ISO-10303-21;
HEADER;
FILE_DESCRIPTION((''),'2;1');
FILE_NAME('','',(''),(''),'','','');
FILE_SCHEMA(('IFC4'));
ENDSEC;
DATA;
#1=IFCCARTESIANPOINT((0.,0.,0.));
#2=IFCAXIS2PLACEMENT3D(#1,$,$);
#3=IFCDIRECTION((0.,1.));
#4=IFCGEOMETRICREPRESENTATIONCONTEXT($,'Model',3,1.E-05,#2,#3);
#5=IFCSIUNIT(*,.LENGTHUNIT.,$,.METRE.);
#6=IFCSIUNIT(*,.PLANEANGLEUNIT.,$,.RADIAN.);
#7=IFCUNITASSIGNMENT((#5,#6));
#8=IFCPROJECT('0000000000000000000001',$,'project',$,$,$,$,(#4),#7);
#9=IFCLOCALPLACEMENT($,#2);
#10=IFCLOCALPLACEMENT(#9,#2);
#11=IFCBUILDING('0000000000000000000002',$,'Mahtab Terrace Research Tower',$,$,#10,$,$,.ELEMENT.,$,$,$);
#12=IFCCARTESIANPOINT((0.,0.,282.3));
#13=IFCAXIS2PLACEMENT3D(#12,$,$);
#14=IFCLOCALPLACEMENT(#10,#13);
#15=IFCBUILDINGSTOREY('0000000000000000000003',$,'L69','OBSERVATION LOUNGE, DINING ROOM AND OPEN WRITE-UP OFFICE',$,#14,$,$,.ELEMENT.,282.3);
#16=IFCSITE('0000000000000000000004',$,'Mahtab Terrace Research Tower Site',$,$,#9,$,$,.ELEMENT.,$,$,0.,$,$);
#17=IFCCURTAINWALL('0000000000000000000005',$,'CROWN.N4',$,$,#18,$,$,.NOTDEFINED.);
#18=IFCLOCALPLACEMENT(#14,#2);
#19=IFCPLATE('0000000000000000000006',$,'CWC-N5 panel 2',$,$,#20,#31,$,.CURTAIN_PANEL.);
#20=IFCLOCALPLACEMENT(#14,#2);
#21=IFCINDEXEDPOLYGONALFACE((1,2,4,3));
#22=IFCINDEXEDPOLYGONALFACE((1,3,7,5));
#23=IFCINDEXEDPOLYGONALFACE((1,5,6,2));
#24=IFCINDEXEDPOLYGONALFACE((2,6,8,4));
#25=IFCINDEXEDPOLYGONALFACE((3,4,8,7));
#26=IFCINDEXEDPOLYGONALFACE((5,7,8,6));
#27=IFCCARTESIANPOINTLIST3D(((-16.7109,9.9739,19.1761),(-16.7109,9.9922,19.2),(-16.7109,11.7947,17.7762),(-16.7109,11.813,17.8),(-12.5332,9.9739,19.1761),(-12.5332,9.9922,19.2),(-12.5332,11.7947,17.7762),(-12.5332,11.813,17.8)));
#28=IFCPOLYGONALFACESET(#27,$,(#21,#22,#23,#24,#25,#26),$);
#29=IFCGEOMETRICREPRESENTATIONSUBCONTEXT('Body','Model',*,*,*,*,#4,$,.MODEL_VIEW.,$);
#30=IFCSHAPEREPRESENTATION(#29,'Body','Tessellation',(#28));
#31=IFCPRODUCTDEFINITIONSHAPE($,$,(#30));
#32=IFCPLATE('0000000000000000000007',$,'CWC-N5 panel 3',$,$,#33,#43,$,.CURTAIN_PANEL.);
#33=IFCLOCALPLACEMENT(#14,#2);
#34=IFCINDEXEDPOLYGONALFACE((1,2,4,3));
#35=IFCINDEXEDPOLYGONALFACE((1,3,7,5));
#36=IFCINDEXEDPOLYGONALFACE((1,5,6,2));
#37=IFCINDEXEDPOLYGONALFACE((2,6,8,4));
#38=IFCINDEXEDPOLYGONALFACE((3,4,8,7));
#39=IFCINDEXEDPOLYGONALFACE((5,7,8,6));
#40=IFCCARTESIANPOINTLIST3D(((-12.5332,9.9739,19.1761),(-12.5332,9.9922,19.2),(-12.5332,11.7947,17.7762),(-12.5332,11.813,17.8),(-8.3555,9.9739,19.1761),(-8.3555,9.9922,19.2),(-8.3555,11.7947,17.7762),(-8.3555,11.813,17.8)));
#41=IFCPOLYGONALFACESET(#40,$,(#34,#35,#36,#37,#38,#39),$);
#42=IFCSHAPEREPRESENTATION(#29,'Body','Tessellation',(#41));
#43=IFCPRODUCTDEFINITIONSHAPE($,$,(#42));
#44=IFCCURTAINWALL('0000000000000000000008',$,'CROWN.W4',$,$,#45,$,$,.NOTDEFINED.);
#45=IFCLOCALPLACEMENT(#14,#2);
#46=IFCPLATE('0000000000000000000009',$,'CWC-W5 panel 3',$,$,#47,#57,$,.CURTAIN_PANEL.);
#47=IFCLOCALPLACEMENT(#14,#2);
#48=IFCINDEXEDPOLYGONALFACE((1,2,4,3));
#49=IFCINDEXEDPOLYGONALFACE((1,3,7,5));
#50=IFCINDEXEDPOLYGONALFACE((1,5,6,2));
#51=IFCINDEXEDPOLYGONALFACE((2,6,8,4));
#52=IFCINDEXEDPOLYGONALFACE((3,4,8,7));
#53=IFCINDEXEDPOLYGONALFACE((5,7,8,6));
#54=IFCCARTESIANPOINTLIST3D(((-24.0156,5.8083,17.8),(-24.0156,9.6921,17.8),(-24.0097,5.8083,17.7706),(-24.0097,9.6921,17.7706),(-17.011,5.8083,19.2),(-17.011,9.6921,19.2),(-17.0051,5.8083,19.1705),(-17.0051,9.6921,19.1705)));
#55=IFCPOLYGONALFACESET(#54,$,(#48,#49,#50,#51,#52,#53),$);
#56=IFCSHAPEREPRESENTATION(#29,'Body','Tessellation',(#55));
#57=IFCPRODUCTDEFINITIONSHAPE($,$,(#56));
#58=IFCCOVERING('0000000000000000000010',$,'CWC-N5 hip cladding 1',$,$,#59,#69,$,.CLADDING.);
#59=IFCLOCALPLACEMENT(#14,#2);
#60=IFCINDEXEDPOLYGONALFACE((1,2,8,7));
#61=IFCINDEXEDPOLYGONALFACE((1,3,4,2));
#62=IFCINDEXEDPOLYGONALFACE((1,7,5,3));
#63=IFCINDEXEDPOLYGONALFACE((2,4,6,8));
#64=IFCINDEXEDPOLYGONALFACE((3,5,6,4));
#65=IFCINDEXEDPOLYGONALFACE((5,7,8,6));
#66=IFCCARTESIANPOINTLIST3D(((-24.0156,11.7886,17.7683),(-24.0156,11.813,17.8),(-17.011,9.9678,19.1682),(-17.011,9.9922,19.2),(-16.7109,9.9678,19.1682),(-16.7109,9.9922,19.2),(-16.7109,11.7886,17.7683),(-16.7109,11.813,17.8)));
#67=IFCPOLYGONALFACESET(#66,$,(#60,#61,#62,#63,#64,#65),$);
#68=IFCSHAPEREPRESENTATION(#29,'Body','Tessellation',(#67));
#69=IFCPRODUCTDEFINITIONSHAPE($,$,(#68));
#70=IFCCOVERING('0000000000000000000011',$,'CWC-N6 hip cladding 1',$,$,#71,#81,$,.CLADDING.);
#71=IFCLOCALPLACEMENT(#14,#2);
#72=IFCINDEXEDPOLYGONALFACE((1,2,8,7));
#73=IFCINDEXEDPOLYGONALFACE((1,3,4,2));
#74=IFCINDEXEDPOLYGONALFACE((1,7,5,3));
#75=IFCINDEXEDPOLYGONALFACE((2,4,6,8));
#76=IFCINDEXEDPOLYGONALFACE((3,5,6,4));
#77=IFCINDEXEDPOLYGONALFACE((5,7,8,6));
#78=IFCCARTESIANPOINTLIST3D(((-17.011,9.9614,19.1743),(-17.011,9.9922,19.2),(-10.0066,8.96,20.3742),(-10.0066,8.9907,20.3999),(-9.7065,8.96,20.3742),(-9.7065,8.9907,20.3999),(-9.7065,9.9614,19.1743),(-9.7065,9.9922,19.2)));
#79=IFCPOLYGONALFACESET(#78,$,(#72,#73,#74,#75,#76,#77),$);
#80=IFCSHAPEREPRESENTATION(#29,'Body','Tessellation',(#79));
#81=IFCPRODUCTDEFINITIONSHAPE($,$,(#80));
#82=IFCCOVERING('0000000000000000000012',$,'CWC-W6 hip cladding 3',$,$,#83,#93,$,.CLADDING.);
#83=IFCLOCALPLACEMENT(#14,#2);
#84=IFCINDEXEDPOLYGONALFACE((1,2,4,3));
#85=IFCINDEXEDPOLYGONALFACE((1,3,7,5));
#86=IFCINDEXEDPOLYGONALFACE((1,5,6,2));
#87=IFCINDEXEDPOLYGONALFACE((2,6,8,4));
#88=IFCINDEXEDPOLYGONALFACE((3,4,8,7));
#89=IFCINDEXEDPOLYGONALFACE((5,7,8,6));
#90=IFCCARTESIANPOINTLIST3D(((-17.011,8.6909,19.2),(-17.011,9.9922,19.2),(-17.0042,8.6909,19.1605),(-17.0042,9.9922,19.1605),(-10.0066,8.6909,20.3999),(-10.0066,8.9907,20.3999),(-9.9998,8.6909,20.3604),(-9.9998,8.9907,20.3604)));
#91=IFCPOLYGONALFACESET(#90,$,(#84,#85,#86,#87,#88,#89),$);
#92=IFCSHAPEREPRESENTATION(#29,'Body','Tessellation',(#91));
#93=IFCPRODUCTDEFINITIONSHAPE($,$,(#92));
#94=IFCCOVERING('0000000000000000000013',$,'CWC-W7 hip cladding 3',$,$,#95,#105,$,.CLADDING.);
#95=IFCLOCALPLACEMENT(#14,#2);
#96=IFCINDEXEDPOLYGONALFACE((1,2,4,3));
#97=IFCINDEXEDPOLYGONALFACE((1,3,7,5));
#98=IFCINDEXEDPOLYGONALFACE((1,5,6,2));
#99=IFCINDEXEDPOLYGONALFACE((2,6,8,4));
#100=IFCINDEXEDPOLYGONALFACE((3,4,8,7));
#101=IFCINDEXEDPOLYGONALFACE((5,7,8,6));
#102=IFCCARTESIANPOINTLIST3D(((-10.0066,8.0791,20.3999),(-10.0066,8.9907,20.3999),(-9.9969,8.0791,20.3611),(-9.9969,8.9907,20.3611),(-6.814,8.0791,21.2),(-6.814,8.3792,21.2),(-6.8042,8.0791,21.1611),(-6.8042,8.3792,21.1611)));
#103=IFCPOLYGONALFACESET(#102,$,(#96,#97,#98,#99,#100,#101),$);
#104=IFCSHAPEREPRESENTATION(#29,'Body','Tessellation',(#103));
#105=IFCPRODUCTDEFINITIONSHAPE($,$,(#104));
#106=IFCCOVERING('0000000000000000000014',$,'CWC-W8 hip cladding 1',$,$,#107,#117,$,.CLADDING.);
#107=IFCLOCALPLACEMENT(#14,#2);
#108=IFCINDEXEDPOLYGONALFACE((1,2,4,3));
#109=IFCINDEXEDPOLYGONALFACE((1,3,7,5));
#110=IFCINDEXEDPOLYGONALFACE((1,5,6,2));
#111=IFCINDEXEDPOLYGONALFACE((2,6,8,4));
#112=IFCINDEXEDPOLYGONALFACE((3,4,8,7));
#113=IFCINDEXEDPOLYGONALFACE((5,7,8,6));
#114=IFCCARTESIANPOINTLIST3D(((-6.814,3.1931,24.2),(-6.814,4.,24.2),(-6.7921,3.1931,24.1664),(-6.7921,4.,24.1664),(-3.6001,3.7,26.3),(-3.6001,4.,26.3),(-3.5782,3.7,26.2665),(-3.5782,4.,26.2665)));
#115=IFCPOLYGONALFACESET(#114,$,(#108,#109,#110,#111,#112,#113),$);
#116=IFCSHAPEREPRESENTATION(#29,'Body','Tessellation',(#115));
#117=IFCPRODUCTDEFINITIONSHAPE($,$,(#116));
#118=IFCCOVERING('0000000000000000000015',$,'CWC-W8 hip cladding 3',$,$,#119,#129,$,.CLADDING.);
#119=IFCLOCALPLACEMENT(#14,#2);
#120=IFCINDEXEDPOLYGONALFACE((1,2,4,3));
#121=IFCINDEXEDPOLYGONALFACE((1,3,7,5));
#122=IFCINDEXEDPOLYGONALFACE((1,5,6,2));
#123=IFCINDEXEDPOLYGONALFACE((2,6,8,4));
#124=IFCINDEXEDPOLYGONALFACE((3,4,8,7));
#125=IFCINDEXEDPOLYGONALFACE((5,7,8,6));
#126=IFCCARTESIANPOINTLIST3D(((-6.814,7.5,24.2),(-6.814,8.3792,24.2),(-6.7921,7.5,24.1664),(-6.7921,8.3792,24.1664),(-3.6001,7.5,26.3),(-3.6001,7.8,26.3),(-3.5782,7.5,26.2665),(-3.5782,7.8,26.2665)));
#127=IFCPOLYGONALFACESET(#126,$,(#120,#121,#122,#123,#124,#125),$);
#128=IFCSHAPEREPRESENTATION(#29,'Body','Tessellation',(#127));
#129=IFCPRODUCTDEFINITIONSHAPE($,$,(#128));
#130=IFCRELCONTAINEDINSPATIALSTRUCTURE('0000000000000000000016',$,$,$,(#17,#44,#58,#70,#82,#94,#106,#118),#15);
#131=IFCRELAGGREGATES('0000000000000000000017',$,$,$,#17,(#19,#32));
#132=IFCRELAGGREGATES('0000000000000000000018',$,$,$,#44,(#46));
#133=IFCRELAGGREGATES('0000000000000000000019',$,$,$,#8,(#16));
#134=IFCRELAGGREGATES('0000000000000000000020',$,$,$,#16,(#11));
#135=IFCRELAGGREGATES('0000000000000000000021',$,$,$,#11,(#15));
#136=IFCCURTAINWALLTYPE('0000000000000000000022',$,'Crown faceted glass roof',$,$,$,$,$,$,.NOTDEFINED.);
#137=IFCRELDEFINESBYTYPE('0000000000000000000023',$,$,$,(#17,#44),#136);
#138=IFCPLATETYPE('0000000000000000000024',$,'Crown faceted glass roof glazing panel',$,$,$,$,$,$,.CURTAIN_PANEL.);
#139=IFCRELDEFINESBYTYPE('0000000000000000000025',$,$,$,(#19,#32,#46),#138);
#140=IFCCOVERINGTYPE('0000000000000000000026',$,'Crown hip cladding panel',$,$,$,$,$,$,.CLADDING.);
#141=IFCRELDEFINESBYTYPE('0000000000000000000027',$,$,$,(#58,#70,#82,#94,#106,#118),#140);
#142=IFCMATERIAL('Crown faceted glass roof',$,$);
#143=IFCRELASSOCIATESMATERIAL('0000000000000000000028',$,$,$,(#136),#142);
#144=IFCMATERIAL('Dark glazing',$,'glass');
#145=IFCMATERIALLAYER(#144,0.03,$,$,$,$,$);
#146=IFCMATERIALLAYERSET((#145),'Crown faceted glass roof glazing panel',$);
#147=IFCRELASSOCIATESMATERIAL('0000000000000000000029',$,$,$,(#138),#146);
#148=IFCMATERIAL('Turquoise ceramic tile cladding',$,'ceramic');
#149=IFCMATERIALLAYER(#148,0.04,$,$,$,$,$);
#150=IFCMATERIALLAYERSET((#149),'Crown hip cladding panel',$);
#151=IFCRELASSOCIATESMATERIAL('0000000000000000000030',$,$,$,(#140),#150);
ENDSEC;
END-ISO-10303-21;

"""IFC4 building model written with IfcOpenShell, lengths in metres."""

from ifc_helpers import new_model, si_unit, direction, frame, origin, place, context, subcontext, project, spatial, polyline, outline, extrude, material, layer, layer_set, type_object, element, aggregate, save


model = new_model("IFC4")

# Units and contexts
model_context = context("Model", 3, precision=1e-05, world=origin(), true_north=direction((0.0, 1.0)))
body_context = subcontext(model_context, "Body", "Model", "MODEL_VIEW")
ifc_project = project(units=[si_unit("LENGTHUNIT", "METRE"), si_unit("PLANEANGLEUNIT", "RADIAN")], contexts=[model_context])

# Site, building, storey
site_placement = place(None, origin())
site = spatial("IfcSite", under=ifc_project, at=site_placement, Name="Mahtab Terrace Research Tower Site", CompositionType="ELEMENT", RefElevation=0.0)
building_placement = place(site_placement, origin())
building = spatial("IfcBuilding", under=site, at=building_placement, Name="Mahtab Terrace Research Tower", CompositionType="ELEMENT")
storey_placement = place(building_placement, frame((0.0, 0.0, 282.3)))
storey = spatial("IfcBuildingStorey", under=building, at=storey_placement, Name="L69", Description="OBSERVATION LOUNGE, DINING ROOM AND OPEN WRITE-UP OFFICE", CompositionType="ELEMENT", Elevation=282.3)

# Curtain wall
ifc_material_1 = material(Name="Crown faceted glass roof")
curtain_wall_type = type_object("IfcCurtainWallType", Name="Crown faceted glass roof", PredefinedType="NOTDEFINED", material=ifc_material_1)
curtain_wall_1_placement = place(storey_placement, origin())
curtain_wall_1 = element("IfcCurtainWall", 1, at=curtain_wall_1_placement, inside=storey, type_object=curtain_wall_type, Name="CROWN.N4", PredefinedType="NOTDEFINED")

# Shared definitions
ifc_material_2 = material(Name="Dark glazing", Category="glass")
ifc_layer_1 = layer(ifc_material_2, 0.03)
ifc_layer_set_1 = layer_set([ifc_layer_1], Name="Crown faceted glass roof glazing panel")
plate_type = type_object("IfcPlateType", Name="Crown faceted glass roof glazing panel", PredefinedType="CURTAIN_PANEL", material=ifc_layer_set_1)

# Plates
plate_1_placement = place(storey_placement, frame((-12.5332, 9.9922, 19.2), z_axis=(0.0, 0.609516, 0.792774), x_axis=(0.0, 0.792774, -0.609516)))
plate_1 = element("IfcPlate", 2, at=plate_1_placement, type_object=plate_type, Name="CWC-N5 panel 2", PredefinedType="CURTAIN_PANEL", context=body_context, shape_type="SweptSolid", body=[
    extrude(outline(polyline([(0.0, 0.0), (2.2967, 0.0), (2.2967, 4.1777), (0.0, 4.1777), (0.0, 0.0)])), origin(), (0.0, 0.0, -1.0), 0.03),
])
plate_2_placement = place(storey_placement, frame((-8.3555, 9.9922, 19.2), z_axis=(0.0, 0.609516, 0.792774), x_axis=(0.0, 0.792774, -0.609516)))
plate_2 = element("IfcPlate", 3, at=plate_2_placement, type_object=plate_type, Name="CWC-N5 panel 3", PredefinedType="CURTAIN_PANEL", context=body_context, shape_type="SweptSolid", body=[
    extrude(outline(polyline([(0.0, 0.0), (2.2967, 0.0), (2.2967, 4.1777), (0.0, 4.1777), (0.0, 0.0)])), origin(), (0.0, 0.0, -1.0), 0.03),
])
aggregate(curtain_wall_1, [plate_1, plate_2])

# Curtain wall, plate
curtain_wall_2_placement = place(storey_placement, origin())
curtain_wall_2 = element("IfcCurtainWall", 4, at=curtain_wall_2_placement, inside=storey, type_object=curtain_wall_type, Name="CROWN.W4", PredefinedType="NOTDEFINED")
plate_3_placement = place(storey_placement, frame((-17.011, 5.8083, 19.2), z_axis=(-0.195978, 0.0, 0.980608), x_axis=(0.0, 1.0, 0.0)))
plate_3 = element("IfcPlate", 5, at=plate_3_placement, type_object=plate_type, Name="CWC-W5 panel 3", PredefinedType="CURTAIN_PANEL", context=body_context, shape_type="SweptSolid", body=[
    extrude(outline(polyline([(0.0, 0.0), (3.8838, 0.0), (3.8838, 7.1432), (0.0, 7.1432), (0.0, 0.0)])), origin(), (0.0, 0.0, -1.0), 0.03),
])
aggregate(curtain_wall_2, [plate_3])

# Coverings
ifc_material_3 = material(Name="Turquoise ceramic tile cladding", Category="ceramic")
ifc_layer_2 = layer(ifc_material_3, 0.04)
ifc_layer_set_2 = layer_set([ifc_layer_2], Name="Crown hip cladding panel")
covering_type = type_object("IfcCoveringType", Name="Crown hip cladding panel", PredefinedType="CLADDING", material=ifc_layer_set_2)
covering_1_placement = place(storey_placement, frame((-16.7109, 11.813, 17.8), z_axis=(0.0, 0.609516, 0.792774), x_axis=(0.0, -0.792774, 0.609516)))
element("IfcCovering", 6, at=covering_1_placement, inside=storey, type_object=covering_type, Name="CWC-N5 hip cladding 1", PredefinedType="CLADDING", context=body_context, shape_type="SweptSolid", body=[
    extrude(outline(polyline([(0.0, 0.0), (2.2967, 0.0), (2.2967, -0.3), (0.0, -7.3047), (0.0, 0.0)])), origin(), (0.0, 0.0, -1.0), 0.04),
])
covering_2_placement = place(storey_placement, frame((-9.7065, 9.9922, 19.2), z_axis=(0.0, 0.767747, 0.640753), x_axis=(0.0, -0.640753, 0.767747)))
element("IfcCovering", 7, at=covering_2_placement, inside=storey, type_object=covering_type, Name="CWC-N6 hip cladding 1", PredefinedType="CLADDING", context=body_context, shape_type="SweptSolid", body=[
    extrude(outline(polyline([(0.0, 0.0), (1.563, 0.0), (1.563, -0.3), (0.0, -7.3044), (0.0, 0.0)])), origin(), (0.0, 0.0, -1.0), 0.04),
])
covering_3_placement = place(storey_placement, frame((-17.011, 9.9922, 19.2), z_axis=(-0.168854, 0.0, 0.985641), x_axis=(0.975997, -0.139545, 0.167202)))
element("IfcCovering", 8, at=covering_3_placement, inside=storey, type_object=covering_type, Name="CWC-W6 hip cladding 3", PredefinedType="CLADDING", context=body_context, shape_type="SweptSolid", body=[
    extrude(outline(polyline([(0.0, 0.0), (7.1767, 0.0), (7.2185, -0.2969), (0.1816, -1.2885), (0.0, 0.0)])), origin(), (0.0, 0.0, -1.0), 0.04),
])
covering_4_placement = place(storey_placement, frame((-10.0066, 8.9907, 20.3999), z_axis=(-0.243077, 0.0, 0.970007), x_axis=(0.953683, -0.182685, 0.238986)))
element("IfcCovering", 9, at=covering_4_placement, inside=storey, type_object=covering_type, Name="CWC-W7 hip cladding 3", PredefinedType="CLADDING", context=body_context, shape_type="SweptSolid", body=[
    extrude(outline(polyline([(0.0, 0.0), (3.3477, 0.0), (3.4025, -0.295), (0.1665, -0.8963), (0.0, 0.0)])), origin(), (0.0, 0.0, -1.0), 0.04),
])
covering_5_placement = place(storey_placement, frame((-6.814, 4.0, 24.2), z_axis=(-0.547016, 0.0, 0.837122), x_axis=(0.837122, 0.0, 0.547016)))
element("IfcCovering", 10, at=covering_5_placement, inside=storey, type_object=covering_type, Name="CWC-W8 hip cladding 1", PredefinedType="CLADDING", context=body_context, shape_type="SweptSolid", body=[
    extrude(outline(polyline([(0.0, 0.0), (3.8392, 0.0), (3.8392, -0.3), (0.0, -0.8069), (0.0, 0.0)])), origin(), (0.0, 0.0, -1.0), 0.04),
])
covering_6_placement = place(storey_placement, frame((-6.814, 8.3792, 24.2), z_axis=(-0.547016, 0.0, 0.837122), x_axis=(0.827758, -0.149152, 0.540898)))
element("IfcCovering", 11, at=covering_6_placement, inside=storey, type_object=covering_type, Name="CWC-W8 hip cladding 3", PredefinedType="CLADDING", context=body_context, shape_type="SweptSolid", body=[
    extrude(outline(polyline([(0.0, 0.0), (3.8826, 0.0), (3.9274, -0.2967), (0.1311, -0.8693), (0.0, 0.0)])), origin(), (0.0, 0.0, -1.0), 0.04),
])

save(model, "model.ifc")
